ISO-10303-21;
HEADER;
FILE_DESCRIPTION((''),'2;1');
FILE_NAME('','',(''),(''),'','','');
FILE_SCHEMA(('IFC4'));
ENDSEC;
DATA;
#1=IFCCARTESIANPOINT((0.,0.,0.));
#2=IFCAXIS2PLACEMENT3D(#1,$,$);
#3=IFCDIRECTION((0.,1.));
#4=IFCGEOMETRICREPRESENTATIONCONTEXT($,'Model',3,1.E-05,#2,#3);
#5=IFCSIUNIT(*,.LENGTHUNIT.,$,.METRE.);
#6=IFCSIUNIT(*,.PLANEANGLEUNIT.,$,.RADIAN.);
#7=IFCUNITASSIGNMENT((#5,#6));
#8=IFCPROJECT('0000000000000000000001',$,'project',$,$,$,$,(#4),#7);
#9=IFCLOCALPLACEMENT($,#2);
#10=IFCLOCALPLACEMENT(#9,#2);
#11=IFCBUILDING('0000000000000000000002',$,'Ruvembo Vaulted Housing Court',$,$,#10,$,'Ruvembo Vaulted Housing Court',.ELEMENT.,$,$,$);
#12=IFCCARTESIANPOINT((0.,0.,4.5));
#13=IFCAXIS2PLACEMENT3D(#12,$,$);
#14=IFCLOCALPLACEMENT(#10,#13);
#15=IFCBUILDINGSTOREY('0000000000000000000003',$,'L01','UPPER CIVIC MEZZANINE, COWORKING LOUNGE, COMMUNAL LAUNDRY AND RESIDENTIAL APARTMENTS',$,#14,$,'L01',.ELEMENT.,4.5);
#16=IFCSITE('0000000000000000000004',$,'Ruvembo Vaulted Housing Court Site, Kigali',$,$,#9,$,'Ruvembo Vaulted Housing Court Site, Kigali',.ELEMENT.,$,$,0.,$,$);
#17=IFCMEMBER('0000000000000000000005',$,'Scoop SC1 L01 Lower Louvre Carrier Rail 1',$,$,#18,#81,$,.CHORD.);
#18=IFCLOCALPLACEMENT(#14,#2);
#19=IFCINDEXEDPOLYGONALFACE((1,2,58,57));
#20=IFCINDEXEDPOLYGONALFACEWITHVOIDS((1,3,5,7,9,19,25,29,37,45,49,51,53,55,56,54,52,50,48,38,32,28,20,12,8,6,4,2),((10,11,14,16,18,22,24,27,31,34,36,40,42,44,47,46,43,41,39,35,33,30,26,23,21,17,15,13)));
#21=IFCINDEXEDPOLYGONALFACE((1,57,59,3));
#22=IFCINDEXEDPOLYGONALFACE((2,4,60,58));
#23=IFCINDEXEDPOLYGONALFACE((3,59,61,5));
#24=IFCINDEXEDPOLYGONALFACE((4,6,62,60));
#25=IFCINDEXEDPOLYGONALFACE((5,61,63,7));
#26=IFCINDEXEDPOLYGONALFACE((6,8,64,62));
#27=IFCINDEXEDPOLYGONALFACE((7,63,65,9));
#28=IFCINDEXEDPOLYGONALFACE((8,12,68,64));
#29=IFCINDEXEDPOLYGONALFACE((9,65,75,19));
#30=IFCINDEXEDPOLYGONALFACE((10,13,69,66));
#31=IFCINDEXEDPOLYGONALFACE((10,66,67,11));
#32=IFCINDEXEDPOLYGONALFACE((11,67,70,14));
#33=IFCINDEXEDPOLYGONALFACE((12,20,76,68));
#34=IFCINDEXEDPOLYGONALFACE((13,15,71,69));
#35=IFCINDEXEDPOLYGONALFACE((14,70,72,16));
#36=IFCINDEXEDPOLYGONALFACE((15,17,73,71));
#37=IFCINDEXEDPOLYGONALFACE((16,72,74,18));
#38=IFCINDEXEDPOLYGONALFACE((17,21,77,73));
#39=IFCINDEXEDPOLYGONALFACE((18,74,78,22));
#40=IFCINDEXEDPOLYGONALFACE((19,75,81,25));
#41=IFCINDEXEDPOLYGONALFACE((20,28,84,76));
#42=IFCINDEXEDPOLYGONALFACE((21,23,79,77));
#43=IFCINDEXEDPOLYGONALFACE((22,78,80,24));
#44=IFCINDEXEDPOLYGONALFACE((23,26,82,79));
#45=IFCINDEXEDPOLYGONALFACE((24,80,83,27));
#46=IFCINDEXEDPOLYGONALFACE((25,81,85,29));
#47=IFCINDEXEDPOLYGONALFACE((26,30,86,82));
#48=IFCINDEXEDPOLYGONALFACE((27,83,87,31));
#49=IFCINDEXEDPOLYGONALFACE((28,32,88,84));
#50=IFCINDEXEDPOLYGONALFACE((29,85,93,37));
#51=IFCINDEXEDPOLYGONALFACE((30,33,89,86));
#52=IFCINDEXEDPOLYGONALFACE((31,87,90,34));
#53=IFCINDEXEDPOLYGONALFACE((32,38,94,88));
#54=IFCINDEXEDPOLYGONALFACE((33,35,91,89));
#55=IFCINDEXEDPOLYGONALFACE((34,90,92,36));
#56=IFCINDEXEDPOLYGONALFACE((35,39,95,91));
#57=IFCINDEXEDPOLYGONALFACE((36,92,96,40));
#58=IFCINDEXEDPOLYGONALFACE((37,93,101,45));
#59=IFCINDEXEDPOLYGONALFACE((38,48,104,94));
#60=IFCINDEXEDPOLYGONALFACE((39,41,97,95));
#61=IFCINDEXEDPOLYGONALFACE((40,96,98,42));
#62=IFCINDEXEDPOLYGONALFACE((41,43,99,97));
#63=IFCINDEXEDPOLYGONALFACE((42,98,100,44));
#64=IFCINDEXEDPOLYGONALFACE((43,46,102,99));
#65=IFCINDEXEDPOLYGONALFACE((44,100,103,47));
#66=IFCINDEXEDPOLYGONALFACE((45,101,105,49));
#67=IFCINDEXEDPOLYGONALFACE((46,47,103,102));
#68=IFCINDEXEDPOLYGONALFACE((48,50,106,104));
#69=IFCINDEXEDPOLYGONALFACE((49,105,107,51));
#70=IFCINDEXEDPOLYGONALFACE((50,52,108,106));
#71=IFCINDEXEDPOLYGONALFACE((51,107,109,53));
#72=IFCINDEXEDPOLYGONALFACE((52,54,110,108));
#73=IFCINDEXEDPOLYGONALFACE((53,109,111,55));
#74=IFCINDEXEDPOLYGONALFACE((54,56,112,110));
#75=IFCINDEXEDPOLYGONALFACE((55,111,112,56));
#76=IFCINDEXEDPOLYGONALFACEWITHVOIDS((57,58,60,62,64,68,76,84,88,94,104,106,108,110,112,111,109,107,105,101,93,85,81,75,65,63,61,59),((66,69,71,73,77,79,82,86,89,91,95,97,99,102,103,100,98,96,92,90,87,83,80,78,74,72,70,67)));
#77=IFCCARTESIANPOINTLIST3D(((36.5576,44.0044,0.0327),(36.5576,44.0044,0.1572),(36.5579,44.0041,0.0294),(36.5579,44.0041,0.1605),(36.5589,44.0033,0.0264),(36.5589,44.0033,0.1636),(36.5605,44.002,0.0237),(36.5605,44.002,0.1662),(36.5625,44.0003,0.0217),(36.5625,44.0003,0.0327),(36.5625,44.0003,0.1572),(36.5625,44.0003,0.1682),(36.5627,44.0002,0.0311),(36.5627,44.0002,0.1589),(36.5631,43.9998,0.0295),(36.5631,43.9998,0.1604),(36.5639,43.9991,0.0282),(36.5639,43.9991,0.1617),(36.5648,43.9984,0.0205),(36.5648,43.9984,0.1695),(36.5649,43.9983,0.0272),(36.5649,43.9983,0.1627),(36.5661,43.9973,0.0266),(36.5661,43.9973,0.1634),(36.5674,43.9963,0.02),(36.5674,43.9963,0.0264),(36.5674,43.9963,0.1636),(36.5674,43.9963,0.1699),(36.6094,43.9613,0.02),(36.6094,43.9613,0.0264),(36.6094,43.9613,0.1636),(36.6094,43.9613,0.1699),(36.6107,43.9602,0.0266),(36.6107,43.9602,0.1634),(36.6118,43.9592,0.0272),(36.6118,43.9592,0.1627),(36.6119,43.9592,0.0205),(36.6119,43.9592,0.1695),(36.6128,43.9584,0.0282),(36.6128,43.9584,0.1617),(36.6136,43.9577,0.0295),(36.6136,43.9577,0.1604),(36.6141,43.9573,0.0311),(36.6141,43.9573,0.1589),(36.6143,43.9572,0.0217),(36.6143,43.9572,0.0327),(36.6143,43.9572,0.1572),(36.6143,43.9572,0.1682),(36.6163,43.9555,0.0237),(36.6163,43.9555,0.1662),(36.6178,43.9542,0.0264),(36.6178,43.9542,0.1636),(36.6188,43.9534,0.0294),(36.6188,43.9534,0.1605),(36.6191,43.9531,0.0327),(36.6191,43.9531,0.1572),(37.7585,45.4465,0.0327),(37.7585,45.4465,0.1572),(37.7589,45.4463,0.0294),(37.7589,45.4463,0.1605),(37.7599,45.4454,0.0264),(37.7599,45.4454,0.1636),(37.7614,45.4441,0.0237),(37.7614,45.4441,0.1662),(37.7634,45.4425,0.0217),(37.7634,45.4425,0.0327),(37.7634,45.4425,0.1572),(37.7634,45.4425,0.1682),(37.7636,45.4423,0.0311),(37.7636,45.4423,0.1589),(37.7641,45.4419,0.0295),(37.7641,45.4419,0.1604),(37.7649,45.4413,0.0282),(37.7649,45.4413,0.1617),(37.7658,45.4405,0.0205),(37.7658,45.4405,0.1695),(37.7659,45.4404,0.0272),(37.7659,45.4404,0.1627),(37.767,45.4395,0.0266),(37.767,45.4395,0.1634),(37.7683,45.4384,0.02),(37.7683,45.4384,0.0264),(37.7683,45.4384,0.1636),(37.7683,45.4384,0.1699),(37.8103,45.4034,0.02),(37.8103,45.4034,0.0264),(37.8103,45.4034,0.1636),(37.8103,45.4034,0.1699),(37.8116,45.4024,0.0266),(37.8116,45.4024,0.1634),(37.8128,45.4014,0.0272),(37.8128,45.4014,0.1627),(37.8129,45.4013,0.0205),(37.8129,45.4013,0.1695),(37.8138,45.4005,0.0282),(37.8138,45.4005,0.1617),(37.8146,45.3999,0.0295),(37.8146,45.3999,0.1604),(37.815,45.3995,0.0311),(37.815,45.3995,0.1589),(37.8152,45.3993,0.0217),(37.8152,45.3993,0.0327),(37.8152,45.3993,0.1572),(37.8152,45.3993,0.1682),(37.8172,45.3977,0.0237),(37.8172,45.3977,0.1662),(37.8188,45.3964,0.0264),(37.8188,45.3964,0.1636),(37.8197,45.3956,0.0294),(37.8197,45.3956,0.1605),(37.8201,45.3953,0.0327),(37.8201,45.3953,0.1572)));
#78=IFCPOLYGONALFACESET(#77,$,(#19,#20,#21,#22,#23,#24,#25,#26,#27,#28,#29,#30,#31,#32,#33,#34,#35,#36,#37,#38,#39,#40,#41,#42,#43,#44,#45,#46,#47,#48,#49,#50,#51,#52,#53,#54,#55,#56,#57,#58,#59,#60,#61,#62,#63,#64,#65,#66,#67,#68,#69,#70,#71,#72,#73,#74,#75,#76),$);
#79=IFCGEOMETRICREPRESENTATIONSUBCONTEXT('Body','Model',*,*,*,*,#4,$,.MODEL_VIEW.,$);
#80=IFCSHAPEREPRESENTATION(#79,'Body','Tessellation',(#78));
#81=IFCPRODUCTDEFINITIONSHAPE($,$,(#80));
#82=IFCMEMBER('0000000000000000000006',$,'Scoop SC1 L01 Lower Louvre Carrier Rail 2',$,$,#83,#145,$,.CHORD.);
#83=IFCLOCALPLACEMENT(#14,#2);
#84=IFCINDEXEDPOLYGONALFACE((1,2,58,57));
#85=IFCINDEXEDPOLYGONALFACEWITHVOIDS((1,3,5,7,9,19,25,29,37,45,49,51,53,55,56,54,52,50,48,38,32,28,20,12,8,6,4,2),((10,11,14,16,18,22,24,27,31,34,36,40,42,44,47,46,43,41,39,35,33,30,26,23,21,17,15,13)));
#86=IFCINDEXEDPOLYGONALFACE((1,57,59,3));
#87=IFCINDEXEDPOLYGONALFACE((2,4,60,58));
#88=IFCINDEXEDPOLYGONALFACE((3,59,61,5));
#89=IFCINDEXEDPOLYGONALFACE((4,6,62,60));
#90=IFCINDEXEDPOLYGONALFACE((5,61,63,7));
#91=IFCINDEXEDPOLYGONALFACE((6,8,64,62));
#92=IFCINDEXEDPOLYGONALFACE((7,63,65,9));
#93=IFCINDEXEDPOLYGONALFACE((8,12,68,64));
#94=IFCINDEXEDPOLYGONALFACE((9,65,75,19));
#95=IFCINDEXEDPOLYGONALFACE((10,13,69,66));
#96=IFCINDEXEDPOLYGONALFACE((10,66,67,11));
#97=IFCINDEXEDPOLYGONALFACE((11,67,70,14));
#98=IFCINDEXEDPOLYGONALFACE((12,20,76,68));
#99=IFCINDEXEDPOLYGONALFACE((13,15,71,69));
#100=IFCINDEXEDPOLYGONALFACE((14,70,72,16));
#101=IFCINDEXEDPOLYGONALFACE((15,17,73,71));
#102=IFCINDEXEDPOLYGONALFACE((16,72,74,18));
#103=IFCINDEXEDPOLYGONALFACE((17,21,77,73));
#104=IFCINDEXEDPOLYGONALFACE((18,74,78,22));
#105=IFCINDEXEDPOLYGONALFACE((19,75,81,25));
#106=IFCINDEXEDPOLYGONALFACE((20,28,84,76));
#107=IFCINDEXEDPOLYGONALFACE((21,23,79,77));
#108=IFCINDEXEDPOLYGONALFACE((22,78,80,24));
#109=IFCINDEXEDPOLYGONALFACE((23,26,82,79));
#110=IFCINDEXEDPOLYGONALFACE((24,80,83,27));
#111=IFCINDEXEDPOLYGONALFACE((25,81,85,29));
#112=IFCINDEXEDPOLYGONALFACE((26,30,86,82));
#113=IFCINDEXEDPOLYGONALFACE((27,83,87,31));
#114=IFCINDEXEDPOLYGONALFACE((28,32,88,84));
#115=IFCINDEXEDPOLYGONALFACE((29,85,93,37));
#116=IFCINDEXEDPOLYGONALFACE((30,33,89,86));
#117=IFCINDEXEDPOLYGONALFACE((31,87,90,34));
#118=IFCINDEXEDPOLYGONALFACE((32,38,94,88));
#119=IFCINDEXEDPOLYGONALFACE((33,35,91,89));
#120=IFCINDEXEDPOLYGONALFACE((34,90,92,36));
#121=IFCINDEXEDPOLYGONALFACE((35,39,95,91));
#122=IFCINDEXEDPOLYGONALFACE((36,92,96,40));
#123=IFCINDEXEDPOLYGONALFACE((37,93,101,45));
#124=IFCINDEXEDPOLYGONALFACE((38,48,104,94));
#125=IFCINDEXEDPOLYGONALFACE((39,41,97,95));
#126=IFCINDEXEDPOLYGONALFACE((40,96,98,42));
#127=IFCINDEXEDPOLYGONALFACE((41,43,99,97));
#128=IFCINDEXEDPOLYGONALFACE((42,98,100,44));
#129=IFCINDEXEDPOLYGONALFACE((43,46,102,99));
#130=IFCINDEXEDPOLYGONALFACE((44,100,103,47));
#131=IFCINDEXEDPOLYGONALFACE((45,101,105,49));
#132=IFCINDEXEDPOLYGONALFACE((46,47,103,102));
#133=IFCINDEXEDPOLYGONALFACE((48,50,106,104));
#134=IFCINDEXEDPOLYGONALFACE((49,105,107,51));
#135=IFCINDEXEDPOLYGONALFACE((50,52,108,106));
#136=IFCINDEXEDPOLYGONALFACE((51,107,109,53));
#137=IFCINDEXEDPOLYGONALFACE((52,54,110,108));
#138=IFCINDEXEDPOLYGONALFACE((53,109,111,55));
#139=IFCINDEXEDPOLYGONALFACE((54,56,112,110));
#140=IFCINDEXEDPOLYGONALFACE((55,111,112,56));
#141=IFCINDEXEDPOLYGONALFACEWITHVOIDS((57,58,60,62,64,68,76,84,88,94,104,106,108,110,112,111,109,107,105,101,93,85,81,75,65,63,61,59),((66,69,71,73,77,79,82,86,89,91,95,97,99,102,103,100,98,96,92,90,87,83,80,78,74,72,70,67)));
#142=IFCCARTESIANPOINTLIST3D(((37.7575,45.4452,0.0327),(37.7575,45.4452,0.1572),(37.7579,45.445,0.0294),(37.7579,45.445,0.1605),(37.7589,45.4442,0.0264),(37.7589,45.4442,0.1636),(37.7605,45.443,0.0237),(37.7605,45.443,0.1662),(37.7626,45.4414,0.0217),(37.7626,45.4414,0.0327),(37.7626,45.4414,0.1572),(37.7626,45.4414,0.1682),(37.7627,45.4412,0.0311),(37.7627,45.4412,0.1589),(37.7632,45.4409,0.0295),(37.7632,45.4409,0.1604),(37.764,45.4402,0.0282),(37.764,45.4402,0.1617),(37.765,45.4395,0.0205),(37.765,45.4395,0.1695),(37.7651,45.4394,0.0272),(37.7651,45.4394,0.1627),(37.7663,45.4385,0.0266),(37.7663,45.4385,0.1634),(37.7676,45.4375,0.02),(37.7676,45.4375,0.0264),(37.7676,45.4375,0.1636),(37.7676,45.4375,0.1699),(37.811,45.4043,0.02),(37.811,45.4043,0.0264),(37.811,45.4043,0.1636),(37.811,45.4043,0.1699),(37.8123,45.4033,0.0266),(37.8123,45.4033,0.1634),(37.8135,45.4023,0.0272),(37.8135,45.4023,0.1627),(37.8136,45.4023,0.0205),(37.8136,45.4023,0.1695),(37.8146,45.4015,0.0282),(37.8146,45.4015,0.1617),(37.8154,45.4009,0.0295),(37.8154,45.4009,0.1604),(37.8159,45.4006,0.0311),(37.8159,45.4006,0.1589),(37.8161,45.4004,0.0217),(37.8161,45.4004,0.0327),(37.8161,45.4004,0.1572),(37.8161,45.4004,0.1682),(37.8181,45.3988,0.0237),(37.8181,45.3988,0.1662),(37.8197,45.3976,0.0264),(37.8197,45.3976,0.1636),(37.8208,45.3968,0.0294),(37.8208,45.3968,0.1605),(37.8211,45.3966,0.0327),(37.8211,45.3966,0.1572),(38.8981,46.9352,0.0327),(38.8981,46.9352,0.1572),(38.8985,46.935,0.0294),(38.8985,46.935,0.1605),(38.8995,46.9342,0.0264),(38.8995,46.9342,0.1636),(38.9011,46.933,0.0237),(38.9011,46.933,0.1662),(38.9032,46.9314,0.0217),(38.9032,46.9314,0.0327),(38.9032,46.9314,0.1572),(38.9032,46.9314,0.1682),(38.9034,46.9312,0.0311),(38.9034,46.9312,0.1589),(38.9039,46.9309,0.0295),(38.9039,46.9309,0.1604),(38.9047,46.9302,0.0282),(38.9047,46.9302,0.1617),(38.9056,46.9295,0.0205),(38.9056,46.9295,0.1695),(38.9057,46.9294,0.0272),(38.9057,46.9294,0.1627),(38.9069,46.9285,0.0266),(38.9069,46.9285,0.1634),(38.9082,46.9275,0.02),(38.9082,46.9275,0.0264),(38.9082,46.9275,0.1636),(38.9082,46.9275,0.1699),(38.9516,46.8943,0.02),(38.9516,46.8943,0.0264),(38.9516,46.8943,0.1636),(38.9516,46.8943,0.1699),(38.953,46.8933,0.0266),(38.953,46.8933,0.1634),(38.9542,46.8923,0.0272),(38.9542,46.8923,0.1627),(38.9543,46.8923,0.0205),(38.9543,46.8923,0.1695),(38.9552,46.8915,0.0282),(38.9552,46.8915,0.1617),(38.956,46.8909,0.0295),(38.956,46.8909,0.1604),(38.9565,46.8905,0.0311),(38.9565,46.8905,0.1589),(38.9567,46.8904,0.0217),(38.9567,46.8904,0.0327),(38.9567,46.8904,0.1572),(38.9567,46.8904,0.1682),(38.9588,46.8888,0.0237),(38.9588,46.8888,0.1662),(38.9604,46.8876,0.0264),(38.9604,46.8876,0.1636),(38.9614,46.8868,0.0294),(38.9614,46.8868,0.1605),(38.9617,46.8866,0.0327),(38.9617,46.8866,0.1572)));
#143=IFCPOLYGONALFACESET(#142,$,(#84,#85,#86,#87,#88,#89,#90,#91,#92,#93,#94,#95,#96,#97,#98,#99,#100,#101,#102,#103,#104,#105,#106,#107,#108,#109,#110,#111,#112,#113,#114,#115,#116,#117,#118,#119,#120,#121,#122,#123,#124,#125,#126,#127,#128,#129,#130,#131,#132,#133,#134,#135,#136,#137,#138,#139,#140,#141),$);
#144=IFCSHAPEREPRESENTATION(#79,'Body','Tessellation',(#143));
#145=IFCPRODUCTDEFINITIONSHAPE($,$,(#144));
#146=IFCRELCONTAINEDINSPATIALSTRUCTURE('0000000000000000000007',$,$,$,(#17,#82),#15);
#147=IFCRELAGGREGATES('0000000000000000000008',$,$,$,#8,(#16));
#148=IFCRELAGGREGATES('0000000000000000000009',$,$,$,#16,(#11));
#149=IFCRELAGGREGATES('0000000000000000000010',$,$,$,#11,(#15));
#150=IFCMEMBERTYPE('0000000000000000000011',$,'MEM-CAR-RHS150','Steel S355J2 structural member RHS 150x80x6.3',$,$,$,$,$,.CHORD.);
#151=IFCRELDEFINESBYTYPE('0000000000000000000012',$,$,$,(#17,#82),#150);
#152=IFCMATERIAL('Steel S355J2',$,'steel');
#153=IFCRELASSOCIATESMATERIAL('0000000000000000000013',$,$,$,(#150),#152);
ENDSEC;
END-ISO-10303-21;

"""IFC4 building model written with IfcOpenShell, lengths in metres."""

from ifc_helpers import new_model, si_unit, direction, frame, origin, origin_2d, place, context, subcontext, project, spatial, hollow_rectangle, extrude, material, material_profile, profile_set, type_object, element, save


model = new_model("IFC4")

# Units and contexts
model_context = context("Model", 3, precision=1e-05, world=origin(), true_north=direction((0.0, 1.0)))
body_context = subcontext(model_context, "Body", "Model", "MODEL_VIEW")
ifc_project = project(units=[si_unit("LENGTHUNIT", "METRE"), si_unit("PLANEANGLEUNIT", "RADIAN")], contexts=[model_context])

# Site, building, storey
site_placement = place(None, origin())
site = spatial("IfcSite", under=ifc_project, at=site_placement, Name="Ruvembo Vaulted Housing Court Site, Kigali", LongName="Ruvembo Vaulted Housing Court Site, Kigali", CompositionType="ELEMENT", RefElevation=0.0)
building_placement = place(site_placement, origin())
building = spatial("IfcBuilding", under=site, at=building_placement, Name="Ruvembo Vaulted Housing Court", LongName="Ruvembo Vaulted Housing Court", CompositionType="ELEMENT")
storey_placement = place(building_placement, frame((0.0, 0.0, 4.5)))
storey = spatial("IfcBuildingStorey", under=building, at=storey_placement, Name="L01", Description="UPPER CIVIC MEZZANINE, COWORKING LOUNGE, COMMUNAL LAUNDRY AND RESIDENTIAL APARTMENTS", LongName="L01", CompositionType="ELEMENT", Elevation=4.5)

# Shared definitions
ifc_material_1 = material(Name="Steel S355J2", Category="steel")

# Members
ifc_material_profile_1 = material_profile(ifc_material_1, hollow_rectangle(XDim=0.0801, YDim=0.1499, WallThickness=0.0063, InnerFilletRadius=0.0063, OuterFilletRadius=0.0127, at=origin_2d()), Name="RHS 150x80x6.3")
ifc_profile_set_1 = profile_set([ifc_material_profile_1], Name="Steel S355J2")
member_type_1 = type_object("IfcMemberType", Name="MEM-CAR-RHS150", Description="Steel S355J2 structural member RHS 150x80x6.3", PredefinedType="CHORD", material=ifc_profile_set_1)
member_1_placement = place(storey_placement, frame((36.5884, 43.9788, 0.095), z_axis=(0.639916, 0.768445, 0.0), x_axis=(-0.768445, 0.639916, 0.0)))
element("IfcMember", 1, at=member_1_placement, inside=storey, type_object=member_type_1, Name="Scoop SC1 L01 Lower Louvre Carrier Rail 1", PredefinedType="CHORD", context=body_context, shape_type="SweptSolid", body=[
    extrude(hollow_rectangle(XDim=0.0801, YDim=0.1499, WallThickness=0.0063, InnerFilletRadius=0.0063, OuterFilletRadius=0.0127, at=origin_2d()), origin(), (0.0, 0.0, 1.0), 1.8767),
])
member_2_placement = place(storey_placement, frame((37.7893, 45.4209, 0.095), z_axis=(0.607861, 0.794044, 0.0), x_axis=(-0.794044, 0.607861, 0.0)))
element("IfcMember", 2, at=member_2_placement, inside=storey, type_object=member_type_1, Name="Scoop SC1 L01 Lower Louvre Carrier Rail 2", PredefinedType="CHORD", context=body_context, shape_type="SweptSolid", body=[
    extrude(hollow_rectangle(XDim=0.0801, YDim=0.1499, WallThickness=0.0063, InnerFilletRadius=0.0063, OuterFilletRadius=0.0127, at=origin_2d()), origin(), (0.0, 0.0, 1.0), 1.8765),
])

save(model, "model.ifc")
